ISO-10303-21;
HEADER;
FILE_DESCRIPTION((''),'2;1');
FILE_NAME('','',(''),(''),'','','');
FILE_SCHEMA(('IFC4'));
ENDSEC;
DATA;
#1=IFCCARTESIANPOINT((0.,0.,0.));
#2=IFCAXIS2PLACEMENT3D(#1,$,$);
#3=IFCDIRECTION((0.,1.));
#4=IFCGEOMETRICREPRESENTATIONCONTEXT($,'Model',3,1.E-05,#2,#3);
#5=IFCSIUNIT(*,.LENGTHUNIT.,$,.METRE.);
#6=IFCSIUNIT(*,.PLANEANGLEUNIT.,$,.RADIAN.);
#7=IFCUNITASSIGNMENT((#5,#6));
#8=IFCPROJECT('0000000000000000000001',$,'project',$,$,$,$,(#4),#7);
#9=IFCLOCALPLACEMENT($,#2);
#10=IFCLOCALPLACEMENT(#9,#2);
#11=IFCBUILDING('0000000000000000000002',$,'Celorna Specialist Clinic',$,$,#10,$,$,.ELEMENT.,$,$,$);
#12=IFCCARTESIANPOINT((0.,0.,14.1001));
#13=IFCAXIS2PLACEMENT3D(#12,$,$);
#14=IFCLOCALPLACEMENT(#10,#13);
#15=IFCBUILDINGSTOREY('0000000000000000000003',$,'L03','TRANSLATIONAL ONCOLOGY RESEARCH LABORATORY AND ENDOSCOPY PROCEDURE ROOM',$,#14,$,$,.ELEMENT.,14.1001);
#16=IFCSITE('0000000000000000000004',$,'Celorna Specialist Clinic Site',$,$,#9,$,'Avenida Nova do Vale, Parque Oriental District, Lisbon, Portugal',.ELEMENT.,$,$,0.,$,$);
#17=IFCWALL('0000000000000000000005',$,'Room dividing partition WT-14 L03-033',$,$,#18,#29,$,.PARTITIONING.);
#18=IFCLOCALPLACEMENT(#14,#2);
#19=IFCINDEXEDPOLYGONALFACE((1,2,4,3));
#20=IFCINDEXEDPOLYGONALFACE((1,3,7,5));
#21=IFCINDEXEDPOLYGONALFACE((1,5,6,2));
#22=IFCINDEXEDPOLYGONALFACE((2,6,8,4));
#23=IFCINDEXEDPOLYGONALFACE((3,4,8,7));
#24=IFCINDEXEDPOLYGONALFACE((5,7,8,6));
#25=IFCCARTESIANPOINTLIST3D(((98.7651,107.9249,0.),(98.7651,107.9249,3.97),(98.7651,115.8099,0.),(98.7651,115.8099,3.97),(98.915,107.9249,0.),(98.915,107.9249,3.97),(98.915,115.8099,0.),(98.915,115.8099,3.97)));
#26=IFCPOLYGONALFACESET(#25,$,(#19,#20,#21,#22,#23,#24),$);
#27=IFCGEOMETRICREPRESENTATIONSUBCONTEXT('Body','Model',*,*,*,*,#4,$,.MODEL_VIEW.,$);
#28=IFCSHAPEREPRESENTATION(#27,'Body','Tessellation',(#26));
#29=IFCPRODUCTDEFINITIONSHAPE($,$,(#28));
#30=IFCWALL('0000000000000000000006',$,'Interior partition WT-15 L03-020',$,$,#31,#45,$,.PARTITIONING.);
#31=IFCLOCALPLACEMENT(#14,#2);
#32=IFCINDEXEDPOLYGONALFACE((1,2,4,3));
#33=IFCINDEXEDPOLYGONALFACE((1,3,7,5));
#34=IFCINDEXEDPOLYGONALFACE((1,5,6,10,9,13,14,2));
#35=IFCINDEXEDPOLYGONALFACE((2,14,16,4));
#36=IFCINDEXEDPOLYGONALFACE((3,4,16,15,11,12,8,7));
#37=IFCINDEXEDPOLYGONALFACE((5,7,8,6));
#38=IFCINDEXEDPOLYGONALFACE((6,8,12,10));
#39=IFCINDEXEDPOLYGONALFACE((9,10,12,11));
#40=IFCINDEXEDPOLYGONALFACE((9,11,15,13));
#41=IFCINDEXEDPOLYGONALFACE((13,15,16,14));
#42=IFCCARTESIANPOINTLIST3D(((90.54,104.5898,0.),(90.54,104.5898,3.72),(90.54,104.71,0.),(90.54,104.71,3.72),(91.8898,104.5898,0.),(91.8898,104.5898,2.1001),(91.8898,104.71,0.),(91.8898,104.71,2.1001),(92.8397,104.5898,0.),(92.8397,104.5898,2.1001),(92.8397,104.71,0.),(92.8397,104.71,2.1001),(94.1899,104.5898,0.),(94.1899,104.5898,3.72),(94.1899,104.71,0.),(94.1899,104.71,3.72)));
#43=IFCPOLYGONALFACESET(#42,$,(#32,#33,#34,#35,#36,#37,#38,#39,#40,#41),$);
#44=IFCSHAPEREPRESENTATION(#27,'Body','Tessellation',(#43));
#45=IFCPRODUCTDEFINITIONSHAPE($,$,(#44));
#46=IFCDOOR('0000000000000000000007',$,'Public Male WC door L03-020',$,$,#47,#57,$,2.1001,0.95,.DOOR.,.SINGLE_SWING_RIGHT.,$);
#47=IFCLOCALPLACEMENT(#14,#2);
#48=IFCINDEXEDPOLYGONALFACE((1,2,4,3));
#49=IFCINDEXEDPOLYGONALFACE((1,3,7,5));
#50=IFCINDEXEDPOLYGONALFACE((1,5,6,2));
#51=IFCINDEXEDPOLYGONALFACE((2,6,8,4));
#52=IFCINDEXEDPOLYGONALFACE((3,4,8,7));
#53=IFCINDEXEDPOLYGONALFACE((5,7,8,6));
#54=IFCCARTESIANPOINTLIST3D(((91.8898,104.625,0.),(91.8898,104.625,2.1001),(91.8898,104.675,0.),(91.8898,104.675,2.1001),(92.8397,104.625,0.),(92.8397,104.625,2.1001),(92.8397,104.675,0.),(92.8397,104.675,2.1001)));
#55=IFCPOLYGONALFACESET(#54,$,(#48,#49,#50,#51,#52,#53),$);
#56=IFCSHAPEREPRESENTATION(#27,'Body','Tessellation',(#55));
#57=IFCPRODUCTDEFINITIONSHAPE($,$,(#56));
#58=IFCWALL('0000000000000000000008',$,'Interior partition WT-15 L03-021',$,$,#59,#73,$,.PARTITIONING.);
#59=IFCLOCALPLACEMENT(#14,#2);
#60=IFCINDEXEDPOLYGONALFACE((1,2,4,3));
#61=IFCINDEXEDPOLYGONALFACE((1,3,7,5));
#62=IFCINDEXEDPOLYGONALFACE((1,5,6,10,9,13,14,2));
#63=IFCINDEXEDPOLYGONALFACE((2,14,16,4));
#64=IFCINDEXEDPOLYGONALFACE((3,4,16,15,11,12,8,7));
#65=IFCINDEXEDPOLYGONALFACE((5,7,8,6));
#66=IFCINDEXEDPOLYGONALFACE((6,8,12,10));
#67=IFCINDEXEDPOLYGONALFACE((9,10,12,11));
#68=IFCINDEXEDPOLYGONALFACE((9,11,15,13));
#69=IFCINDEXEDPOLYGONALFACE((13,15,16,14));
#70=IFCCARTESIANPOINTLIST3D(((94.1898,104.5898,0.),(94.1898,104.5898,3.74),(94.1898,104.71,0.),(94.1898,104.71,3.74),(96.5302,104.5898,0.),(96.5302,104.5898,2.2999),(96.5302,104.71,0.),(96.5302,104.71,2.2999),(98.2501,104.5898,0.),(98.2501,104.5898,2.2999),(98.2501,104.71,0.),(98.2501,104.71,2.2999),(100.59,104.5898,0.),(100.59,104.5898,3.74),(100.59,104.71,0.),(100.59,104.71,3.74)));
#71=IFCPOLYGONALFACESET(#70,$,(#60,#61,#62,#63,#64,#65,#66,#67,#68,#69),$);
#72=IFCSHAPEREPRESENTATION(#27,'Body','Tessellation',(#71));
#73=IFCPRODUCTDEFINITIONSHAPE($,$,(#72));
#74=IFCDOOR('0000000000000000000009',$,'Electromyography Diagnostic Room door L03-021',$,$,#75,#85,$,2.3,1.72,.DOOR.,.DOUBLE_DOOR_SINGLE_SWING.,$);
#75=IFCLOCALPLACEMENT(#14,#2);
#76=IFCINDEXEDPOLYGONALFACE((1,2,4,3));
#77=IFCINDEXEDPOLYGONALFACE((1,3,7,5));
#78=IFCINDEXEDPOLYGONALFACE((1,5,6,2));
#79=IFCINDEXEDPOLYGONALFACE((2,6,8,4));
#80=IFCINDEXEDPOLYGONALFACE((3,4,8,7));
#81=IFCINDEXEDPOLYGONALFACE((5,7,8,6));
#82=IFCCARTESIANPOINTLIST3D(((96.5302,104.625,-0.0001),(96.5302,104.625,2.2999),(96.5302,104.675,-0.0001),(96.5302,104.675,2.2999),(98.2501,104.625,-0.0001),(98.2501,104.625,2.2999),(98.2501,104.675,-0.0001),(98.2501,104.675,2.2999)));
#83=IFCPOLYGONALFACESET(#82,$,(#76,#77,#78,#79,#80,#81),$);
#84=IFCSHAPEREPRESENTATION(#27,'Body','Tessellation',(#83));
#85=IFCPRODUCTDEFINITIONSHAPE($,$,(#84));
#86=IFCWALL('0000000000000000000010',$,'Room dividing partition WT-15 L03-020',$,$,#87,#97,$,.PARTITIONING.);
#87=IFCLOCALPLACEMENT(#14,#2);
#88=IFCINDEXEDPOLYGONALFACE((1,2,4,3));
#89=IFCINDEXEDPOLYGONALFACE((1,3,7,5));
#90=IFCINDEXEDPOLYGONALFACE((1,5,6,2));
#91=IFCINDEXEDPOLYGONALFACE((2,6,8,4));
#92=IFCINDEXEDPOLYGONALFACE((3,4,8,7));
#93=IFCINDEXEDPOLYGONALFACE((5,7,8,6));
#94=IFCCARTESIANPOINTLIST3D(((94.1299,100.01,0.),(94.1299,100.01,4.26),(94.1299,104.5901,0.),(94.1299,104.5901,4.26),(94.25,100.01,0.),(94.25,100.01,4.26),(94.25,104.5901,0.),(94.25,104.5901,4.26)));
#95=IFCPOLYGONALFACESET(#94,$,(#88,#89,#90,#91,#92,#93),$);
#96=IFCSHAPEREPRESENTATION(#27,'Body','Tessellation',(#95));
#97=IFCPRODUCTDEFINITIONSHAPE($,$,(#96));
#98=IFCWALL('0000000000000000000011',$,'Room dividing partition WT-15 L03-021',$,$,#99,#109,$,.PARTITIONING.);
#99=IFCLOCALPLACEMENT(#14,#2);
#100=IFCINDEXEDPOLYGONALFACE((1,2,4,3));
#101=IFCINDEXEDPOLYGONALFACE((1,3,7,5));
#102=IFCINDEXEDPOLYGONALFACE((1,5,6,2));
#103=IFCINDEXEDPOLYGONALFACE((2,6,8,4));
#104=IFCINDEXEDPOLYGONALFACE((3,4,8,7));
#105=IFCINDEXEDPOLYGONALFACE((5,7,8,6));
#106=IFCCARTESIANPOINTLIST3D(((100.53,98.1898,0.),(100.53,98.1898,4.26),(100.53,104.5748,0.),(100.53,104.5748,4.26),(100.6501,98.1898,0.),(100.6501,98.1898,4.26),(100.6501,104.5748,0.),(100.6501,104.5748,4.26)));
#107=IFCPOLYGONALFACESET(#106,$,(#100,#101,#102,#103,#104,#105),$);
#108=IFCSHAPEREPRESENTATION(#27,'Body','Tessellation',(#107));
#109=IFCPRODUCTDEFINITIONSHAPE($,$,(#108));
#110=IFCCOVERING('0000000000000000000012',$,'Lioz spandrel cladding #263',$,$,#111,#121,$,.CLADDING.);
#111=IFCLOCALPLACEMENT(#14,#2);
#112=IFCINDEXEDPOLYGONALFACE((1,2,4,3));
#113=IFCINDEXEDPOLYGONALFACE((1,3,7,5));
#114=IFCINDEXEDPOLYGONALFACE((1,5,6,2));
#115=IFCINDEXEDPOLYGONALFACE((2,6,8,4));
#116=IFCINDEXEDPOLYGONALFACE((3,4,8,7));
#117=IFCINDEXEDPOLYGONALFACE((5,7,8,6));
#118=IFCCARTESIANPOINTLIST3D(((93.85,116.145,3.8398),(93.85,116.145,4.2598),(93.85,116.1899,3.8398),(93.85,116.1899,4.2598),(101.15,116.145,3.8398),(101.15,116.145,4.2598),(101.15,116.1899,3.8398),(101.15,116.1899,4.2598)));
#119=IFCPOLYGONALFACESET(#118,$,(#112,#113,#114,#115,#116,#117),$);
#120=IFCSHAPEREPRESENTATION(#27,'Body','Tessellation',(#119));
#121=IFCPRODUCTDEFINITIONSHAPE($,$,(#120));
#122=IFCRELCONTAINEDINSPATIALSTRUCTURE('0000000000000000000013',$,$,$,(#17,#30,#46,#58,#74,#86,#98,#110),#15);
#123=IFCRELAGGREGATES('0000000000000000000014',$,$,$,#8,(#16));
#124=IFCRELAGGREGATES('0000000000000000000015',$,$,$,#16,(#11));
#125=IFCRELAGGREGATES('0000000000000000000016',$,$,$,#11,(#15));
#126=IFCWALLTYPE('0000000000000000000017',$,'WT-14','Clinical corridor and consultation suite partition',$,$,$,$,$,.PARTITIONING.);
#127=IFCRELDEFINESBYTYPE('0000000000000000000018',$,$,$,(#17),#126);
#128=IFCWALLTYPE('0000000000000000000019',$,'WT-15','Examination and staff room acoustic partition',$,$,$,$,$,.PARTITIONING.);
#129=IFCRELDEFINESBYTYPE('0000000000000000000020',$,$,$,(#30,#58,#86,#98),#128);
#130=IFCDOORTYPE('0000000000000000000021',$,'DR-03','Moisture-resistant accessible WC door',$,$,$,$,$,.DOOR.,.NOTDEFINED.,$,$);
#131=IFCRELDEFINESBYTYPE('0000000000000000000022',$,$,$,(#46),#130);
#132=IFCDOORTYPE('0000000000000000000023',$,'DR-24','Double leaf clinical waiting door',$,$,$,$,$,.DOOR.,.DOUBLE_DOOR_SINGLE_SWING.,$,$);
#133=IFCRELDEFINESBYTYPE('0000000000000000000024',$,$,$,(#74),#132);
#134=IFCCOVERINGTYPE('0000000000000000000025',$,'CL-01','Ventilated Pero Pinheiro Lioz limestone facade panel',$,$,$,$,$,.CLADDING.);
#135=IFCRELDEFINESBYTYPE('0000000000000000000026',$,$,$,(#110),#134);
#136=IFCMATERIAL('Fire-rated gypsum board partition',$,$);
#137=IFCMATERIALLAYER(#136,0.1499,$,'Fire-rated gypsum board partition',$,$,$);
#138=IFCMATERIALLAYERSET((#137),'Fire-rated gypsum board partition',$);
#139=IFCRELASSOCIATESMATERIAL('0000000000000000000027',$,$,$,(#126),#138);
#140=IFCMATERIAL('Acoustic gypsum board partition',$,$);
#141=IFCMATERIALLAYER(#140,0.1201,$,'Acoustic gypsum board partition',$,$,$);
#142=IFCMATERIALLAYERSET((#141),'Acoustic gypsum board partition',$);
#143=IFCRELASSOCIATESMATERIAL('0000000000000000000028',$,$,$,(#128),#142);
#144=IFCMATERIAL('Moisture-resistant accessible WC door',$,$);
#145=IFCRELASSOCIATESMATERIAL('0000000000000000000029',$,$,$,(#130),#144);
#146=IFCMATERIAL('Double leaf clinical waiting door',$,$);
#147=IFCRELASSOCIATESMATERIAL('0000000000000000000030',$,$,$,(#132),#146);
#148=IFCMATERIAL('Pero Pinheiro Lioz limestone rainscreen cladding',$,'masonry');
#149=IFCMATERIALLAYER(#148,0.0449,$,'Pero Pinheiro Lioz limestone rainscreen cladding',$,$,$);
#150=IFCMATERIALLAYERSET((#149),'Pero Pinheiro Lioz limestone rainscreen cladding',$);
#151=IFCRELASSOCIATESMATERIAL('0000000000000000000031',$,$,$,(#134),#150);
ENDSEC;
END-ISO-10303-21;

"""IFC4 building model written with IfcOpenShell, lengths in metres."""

from ifc_helpers import new_model, si_unit, direction, frame, frame_2d, origin, origin_2d, place, context, subcontext, project, spatial, rectangle, extrude, material, layer, layer_set, type_object, element, fill, save


model = new_model("IFC4")

# Units and contexts
model_context = context("Model", 3, precision=1e-05, world=origin(), true_north=direction((0.0, 1.0)))
body_context = subcontext(model_context, "Body", "Model", "MODEL_VIEW")
ifc_project = project(units=[si_unit("LENGTHUNIT", "METRE"), si_unit("PLANEANGLEUNIT", "RADIAN")], contexts=[model_context])

# Site, building, storey
site_placement = place(None, origin())
site = spatial("IfcSite", under=ifc_project, at=site_placement, Name="Celorna Specialist Clinic Site", LongName="Avenida Nova do Vale, Parque Oriental District, Lisbon, Portugal", CompositionType="ELEMENT", RefElevation=0.0)
building_placement = place(site_placement, origin())
building = spatial("IfcBuilding", under=site, at=building_placement, Name="Celorna Specialist Clinic", CompositionType="ELEMENT")
storey_placement = place(building_placement, frame((0.0, 0.0, 14.1001)))
storey = spatial("IfcBuildingStorey", under=building, at=storey_placement, Name="L03", Description="TRANSLATIONAL ONCOLOGY RESEARCH LABORATORY AND ENDOSCOPY PROCEDURE ROOM", CompositionType="ELEMENT", Elevation=14.1001)

# Shared definitions
ifc_material_1 = material(Name="Fire-rated gypsum board partition")
ifc_layer_1 = layer(ifc_material_1, 0.1499, Name="Fire-rated gypsum board partition")
ifc_layer_set_1 = layer_set([ifc_layer_1], Name="Fire-rated gypsum board partition")
wall_type_1 = type_object("IfcWallType", Name="WT-14", Description="Clinical corridor and consultation suite partition", PredefinedType="PARTITIONING", material=ifc_layer_set_1)

# Wall
wall_1_placement = place(storey_placement, frame((98.8401, 107.925, 0.0), z_axis=(0.0, 0.0, 1.0), x_axis=(0.0, 1.0, 0.0)))
element("IfcWall", 1, at=wall_1_placement, inside=storey, type_object=wall_type_1, Name="Room dividing partition WT-14 L03-033", PredefinedType="PARTITIONING", context=body_context, shape_type="SweptSolid", body=[
    extrude(rectangle(XDim=7.885, YDim=0.1499, at=frame_2d((3.9424, 0.0))), origin(), (0.0, 0.0, 1.0), 3.97),
])

# Walls, openings, doors
ifc_material_2 = material(Name="Acoustic gypsum board partition")
ifc_layer_2 = layer(ifc_material_2, 0.1201, Name="Acoustic gypsum board partition")
ifc_layer_set_2 = layer_set([ifc_layer_2], Name="Acoustic gypsum board partition")
wall_type_2 = type_object("IfcWallType", Name="WT-15", Description="Examination and staff room acoustic partition", PredefinedType="PARTITIONING", material=ifc_layer_set_2)
wall_2_placement = place(storey_placement, frame((94.1899, 104.6499, 0.0), z_axis=(0.0, 0.0, 1.0), x_axis=(-1.0, 0.0, 0.0)))
wall_2 = element("IfcWall", 2, at=wall_2_placement, inside=storey, type_object=wall_type_2, Name="Interior partition WT-15 L03-020", PredefinedType="PARTITIONING", context=body_context, shape_type="SweptSolid", body=[
    extrude(rectangle(XDim=3.6499, YDim=0.1201, at=frame_2d((1.825, 0.0))), origin(), (0.0, 0.0, 1.0), 3.72),
])
opening_1_placement = place(wall_2_placement, frame((1.3501, 0.0, 0.0)))
opening_1 = element("IfcOpeningElement", 3, at=opening_1_placement, cuts=wall_2, PredefinedType="OPENING", context=body_context, shape_type="SweptSolid", body=[
    extrude(rectangle(XDim=0.95, YDim=2.1001, at=frame_2d((0.4751, 1.05))), frame((0.0, 0.0701, 0.0), z_axis=(0.0, -1.0, 0.0), x_axis=(1.0, 0.0, 0.0)), (0.0, 0.0, 1.0), 0.1401),
])
ifc_material_3 = material(Name="Moisture-resistant accessible WC door")
door_type_1 = type_object("IfcDoorType", Name="DR-03", Description="Moisture-resistant accessible WC door", OperationType="NOTDEFINED", PredefinedType="DOOR", material=ifc_material_3)
door_1_placement = place(opening_1_placement, origin())
door_1 = element("IfcDoor", 4, at=door_1_placement, inside=storey, type_object=door_type_1, Name="Public Male WC door L03-020", OperationType="SINGLE_SWING_RIGHT", OverallHeight=2.1001, OverallWidth=0.95, PredefinedType="DOOR", context=body_context, shape_type="SweptSolid", body=[
    extrude(rectangle(XDim=0.95, YDim=2.1001, at=frame_2d((0.4751, 1.05))), frame((0.0, 0.0249, 0.0), z_axis=(0.0, -1.0, 0.0), x_axis=(1.0, 0.0, 0.0)), (0.0, 0.0, 1.0), 0.05),
])
fill(opening_1, door_1)
wall_3_placement = place(storey_placement, frame((100.5901, 104.6499, 0.0), z_axis=(0.0, 0.0, 1.0), x_axis=(-1.0, 0.0, 0.0)))
wall_3 = element("IfcWall", 5, at=wall_3_placement, inside=storey, type_object=wall_type_2, Name="Interior partition WT-15 L03-021", PredefinedType="PARTITIONING", context=body_context, shape_type="SweptSolid", body=[
    extrude(rectangle(XDim=6.4001, YDim=0.1201, at=frame_2d((3.2002, 0.0))), origin(), (0.0, 0.0, 1.0), 3.74),
])
opening_2_placement = place(wall_3_placement, frame((2.3401, 0.0, 0.0)))
opening_2 = element("IfcOpeningElement", 6, at=opening_2_placement, cuts=wall_3, PredefinedType="OPENING", context=body_context, shape_type="SweptSolid", body=[
    extrude(rectangle(XDim=1.72, YDim=2.3, at=frame_2d((0.8599, 1.1499))), frame((0.0, 0.0701, 0.0), z_axis=(0.0, -1.0, 0.0), x_axis=(1.0, 0.0, 0.0)), (0.0, 0.0, 1.0), 0.1401),
])
ifc_material_4 = material(Name="Double leaf clinical waiting door")
door_type_2 = type_object("IfcDoorType", Name="DR-24", Description="Double leaf clinical waiting door", OperationType="DOUBLE_DOOR_SINGLE_SWING", PredefinedType="DOOR", material=ifc_material_4)
door_2_placement = place(opening_2_placement, origin())
door_2 = element("IfcDoor", 7, at=door_2_placement, inside=storey, type_object=door_type_2, Name="Electromyography Diagnostic Room door L03-021", OperationType="DOUBLE_DOOR_SINGLE_SWING", OverallHeight=2.3, OverallWidth=1.72, PredefinedType="DOOR", context=body_context, shape_type="SweptSolid", body=[
    extrude(rectangle(XDim=1.72, YDim=2.3, at=frame_2d((0.8599, 1.1499))), frame((0.0, 0.0249, 0.0), z_axis=(0.0, -1.0, 0.0), x_axis=(1.0, 0.0, 0.0)), (0.0, 0.0, 1.0), 0.05),
])
fill(opening_2, door_2)

# Walls
wall_4_placement = place(storey_placement, frame((94.1899, 100.01, 0.0), z_axis=(0.0, 0.0, 1.0), x_axis=(0.0, 1.0, 0.0)))
element("IfcWall", 8, at=wall_4_placement, inside=storey, type_object=wall_type_2, Name="Room dividing partition WT-15 L03-020", PredefinedType="PARTITIONING", context=body_context, shape_type="SweptSolid", body=[
    extrude(rectangle(XDim=4.5801, YDim=0.1201, at=frame_2d((2.29, 0.0))), origin(), (0.0, 0.0, 1.0), 4.26),
])
wall_5_placement = place(storey_placement, frame((100.5901, 98.1899, 0.0), z_axis=(0.0, 0.0, 1.0), x_axis=(0.0, 1.0, 0.0)))
element("IfcWall", 9, at=wall_5_placement, inside=storey, type_object=wall_type_2, Name="Room dividing partition WT-15 L03-021", PredefinedType="PARTITIONING", context=body_context, shape_type="SweptSolid", body=[
    extrude(rectangle(XDim=6.385, YDim=0.1201, at=frame_2d((3.1924, 0.0))), origin(), (0.0, 0.0, 1.0), 4.26),
])

# Covering
ifc_material_5 = material(Name="Pero Pinheiro Lioz limestone rainscreen cladding", Category="masonry")
ifc_layer_3 = layer(ifc_material_5, 0.0449, Name="Pero Pinheiro Lioz limestone rainscreen cladding")
ifc_layer_set_3 = layer_set([ifc_layer_3], Name="Pero Pinheiro Lioz limestone rainscreen cladding")
covering_type = type_object("IfcCoveringType", Name="CL-01", Description="Ventilated Pero Pinheiro Lioz limestone facade panel", PredefinedType="CLADDING", material=ifc_layer_set_3)
covering_placement = place(storey_placement, frame((97.5, 116.1675, 3.8398), z_axis=(0.0, 0.0, 1.0), x_axis=(1.0, 0.0, 0.0)))
element("IfcCovering", 10, at=covering_placement, inside=storey, type_object=covering_type, Name="Lioz spandrel cladding #263", PredefinedType="CLADDING", context=body_context, shape_type="SweptSolid", body=[
    extrude(rectangle(XDim=7.3, YDim=0.0449, at=origin_2d()), origin(), (0.0, 0.0, 1.0), 0.4199),
])

save(model, "model.ifc")
